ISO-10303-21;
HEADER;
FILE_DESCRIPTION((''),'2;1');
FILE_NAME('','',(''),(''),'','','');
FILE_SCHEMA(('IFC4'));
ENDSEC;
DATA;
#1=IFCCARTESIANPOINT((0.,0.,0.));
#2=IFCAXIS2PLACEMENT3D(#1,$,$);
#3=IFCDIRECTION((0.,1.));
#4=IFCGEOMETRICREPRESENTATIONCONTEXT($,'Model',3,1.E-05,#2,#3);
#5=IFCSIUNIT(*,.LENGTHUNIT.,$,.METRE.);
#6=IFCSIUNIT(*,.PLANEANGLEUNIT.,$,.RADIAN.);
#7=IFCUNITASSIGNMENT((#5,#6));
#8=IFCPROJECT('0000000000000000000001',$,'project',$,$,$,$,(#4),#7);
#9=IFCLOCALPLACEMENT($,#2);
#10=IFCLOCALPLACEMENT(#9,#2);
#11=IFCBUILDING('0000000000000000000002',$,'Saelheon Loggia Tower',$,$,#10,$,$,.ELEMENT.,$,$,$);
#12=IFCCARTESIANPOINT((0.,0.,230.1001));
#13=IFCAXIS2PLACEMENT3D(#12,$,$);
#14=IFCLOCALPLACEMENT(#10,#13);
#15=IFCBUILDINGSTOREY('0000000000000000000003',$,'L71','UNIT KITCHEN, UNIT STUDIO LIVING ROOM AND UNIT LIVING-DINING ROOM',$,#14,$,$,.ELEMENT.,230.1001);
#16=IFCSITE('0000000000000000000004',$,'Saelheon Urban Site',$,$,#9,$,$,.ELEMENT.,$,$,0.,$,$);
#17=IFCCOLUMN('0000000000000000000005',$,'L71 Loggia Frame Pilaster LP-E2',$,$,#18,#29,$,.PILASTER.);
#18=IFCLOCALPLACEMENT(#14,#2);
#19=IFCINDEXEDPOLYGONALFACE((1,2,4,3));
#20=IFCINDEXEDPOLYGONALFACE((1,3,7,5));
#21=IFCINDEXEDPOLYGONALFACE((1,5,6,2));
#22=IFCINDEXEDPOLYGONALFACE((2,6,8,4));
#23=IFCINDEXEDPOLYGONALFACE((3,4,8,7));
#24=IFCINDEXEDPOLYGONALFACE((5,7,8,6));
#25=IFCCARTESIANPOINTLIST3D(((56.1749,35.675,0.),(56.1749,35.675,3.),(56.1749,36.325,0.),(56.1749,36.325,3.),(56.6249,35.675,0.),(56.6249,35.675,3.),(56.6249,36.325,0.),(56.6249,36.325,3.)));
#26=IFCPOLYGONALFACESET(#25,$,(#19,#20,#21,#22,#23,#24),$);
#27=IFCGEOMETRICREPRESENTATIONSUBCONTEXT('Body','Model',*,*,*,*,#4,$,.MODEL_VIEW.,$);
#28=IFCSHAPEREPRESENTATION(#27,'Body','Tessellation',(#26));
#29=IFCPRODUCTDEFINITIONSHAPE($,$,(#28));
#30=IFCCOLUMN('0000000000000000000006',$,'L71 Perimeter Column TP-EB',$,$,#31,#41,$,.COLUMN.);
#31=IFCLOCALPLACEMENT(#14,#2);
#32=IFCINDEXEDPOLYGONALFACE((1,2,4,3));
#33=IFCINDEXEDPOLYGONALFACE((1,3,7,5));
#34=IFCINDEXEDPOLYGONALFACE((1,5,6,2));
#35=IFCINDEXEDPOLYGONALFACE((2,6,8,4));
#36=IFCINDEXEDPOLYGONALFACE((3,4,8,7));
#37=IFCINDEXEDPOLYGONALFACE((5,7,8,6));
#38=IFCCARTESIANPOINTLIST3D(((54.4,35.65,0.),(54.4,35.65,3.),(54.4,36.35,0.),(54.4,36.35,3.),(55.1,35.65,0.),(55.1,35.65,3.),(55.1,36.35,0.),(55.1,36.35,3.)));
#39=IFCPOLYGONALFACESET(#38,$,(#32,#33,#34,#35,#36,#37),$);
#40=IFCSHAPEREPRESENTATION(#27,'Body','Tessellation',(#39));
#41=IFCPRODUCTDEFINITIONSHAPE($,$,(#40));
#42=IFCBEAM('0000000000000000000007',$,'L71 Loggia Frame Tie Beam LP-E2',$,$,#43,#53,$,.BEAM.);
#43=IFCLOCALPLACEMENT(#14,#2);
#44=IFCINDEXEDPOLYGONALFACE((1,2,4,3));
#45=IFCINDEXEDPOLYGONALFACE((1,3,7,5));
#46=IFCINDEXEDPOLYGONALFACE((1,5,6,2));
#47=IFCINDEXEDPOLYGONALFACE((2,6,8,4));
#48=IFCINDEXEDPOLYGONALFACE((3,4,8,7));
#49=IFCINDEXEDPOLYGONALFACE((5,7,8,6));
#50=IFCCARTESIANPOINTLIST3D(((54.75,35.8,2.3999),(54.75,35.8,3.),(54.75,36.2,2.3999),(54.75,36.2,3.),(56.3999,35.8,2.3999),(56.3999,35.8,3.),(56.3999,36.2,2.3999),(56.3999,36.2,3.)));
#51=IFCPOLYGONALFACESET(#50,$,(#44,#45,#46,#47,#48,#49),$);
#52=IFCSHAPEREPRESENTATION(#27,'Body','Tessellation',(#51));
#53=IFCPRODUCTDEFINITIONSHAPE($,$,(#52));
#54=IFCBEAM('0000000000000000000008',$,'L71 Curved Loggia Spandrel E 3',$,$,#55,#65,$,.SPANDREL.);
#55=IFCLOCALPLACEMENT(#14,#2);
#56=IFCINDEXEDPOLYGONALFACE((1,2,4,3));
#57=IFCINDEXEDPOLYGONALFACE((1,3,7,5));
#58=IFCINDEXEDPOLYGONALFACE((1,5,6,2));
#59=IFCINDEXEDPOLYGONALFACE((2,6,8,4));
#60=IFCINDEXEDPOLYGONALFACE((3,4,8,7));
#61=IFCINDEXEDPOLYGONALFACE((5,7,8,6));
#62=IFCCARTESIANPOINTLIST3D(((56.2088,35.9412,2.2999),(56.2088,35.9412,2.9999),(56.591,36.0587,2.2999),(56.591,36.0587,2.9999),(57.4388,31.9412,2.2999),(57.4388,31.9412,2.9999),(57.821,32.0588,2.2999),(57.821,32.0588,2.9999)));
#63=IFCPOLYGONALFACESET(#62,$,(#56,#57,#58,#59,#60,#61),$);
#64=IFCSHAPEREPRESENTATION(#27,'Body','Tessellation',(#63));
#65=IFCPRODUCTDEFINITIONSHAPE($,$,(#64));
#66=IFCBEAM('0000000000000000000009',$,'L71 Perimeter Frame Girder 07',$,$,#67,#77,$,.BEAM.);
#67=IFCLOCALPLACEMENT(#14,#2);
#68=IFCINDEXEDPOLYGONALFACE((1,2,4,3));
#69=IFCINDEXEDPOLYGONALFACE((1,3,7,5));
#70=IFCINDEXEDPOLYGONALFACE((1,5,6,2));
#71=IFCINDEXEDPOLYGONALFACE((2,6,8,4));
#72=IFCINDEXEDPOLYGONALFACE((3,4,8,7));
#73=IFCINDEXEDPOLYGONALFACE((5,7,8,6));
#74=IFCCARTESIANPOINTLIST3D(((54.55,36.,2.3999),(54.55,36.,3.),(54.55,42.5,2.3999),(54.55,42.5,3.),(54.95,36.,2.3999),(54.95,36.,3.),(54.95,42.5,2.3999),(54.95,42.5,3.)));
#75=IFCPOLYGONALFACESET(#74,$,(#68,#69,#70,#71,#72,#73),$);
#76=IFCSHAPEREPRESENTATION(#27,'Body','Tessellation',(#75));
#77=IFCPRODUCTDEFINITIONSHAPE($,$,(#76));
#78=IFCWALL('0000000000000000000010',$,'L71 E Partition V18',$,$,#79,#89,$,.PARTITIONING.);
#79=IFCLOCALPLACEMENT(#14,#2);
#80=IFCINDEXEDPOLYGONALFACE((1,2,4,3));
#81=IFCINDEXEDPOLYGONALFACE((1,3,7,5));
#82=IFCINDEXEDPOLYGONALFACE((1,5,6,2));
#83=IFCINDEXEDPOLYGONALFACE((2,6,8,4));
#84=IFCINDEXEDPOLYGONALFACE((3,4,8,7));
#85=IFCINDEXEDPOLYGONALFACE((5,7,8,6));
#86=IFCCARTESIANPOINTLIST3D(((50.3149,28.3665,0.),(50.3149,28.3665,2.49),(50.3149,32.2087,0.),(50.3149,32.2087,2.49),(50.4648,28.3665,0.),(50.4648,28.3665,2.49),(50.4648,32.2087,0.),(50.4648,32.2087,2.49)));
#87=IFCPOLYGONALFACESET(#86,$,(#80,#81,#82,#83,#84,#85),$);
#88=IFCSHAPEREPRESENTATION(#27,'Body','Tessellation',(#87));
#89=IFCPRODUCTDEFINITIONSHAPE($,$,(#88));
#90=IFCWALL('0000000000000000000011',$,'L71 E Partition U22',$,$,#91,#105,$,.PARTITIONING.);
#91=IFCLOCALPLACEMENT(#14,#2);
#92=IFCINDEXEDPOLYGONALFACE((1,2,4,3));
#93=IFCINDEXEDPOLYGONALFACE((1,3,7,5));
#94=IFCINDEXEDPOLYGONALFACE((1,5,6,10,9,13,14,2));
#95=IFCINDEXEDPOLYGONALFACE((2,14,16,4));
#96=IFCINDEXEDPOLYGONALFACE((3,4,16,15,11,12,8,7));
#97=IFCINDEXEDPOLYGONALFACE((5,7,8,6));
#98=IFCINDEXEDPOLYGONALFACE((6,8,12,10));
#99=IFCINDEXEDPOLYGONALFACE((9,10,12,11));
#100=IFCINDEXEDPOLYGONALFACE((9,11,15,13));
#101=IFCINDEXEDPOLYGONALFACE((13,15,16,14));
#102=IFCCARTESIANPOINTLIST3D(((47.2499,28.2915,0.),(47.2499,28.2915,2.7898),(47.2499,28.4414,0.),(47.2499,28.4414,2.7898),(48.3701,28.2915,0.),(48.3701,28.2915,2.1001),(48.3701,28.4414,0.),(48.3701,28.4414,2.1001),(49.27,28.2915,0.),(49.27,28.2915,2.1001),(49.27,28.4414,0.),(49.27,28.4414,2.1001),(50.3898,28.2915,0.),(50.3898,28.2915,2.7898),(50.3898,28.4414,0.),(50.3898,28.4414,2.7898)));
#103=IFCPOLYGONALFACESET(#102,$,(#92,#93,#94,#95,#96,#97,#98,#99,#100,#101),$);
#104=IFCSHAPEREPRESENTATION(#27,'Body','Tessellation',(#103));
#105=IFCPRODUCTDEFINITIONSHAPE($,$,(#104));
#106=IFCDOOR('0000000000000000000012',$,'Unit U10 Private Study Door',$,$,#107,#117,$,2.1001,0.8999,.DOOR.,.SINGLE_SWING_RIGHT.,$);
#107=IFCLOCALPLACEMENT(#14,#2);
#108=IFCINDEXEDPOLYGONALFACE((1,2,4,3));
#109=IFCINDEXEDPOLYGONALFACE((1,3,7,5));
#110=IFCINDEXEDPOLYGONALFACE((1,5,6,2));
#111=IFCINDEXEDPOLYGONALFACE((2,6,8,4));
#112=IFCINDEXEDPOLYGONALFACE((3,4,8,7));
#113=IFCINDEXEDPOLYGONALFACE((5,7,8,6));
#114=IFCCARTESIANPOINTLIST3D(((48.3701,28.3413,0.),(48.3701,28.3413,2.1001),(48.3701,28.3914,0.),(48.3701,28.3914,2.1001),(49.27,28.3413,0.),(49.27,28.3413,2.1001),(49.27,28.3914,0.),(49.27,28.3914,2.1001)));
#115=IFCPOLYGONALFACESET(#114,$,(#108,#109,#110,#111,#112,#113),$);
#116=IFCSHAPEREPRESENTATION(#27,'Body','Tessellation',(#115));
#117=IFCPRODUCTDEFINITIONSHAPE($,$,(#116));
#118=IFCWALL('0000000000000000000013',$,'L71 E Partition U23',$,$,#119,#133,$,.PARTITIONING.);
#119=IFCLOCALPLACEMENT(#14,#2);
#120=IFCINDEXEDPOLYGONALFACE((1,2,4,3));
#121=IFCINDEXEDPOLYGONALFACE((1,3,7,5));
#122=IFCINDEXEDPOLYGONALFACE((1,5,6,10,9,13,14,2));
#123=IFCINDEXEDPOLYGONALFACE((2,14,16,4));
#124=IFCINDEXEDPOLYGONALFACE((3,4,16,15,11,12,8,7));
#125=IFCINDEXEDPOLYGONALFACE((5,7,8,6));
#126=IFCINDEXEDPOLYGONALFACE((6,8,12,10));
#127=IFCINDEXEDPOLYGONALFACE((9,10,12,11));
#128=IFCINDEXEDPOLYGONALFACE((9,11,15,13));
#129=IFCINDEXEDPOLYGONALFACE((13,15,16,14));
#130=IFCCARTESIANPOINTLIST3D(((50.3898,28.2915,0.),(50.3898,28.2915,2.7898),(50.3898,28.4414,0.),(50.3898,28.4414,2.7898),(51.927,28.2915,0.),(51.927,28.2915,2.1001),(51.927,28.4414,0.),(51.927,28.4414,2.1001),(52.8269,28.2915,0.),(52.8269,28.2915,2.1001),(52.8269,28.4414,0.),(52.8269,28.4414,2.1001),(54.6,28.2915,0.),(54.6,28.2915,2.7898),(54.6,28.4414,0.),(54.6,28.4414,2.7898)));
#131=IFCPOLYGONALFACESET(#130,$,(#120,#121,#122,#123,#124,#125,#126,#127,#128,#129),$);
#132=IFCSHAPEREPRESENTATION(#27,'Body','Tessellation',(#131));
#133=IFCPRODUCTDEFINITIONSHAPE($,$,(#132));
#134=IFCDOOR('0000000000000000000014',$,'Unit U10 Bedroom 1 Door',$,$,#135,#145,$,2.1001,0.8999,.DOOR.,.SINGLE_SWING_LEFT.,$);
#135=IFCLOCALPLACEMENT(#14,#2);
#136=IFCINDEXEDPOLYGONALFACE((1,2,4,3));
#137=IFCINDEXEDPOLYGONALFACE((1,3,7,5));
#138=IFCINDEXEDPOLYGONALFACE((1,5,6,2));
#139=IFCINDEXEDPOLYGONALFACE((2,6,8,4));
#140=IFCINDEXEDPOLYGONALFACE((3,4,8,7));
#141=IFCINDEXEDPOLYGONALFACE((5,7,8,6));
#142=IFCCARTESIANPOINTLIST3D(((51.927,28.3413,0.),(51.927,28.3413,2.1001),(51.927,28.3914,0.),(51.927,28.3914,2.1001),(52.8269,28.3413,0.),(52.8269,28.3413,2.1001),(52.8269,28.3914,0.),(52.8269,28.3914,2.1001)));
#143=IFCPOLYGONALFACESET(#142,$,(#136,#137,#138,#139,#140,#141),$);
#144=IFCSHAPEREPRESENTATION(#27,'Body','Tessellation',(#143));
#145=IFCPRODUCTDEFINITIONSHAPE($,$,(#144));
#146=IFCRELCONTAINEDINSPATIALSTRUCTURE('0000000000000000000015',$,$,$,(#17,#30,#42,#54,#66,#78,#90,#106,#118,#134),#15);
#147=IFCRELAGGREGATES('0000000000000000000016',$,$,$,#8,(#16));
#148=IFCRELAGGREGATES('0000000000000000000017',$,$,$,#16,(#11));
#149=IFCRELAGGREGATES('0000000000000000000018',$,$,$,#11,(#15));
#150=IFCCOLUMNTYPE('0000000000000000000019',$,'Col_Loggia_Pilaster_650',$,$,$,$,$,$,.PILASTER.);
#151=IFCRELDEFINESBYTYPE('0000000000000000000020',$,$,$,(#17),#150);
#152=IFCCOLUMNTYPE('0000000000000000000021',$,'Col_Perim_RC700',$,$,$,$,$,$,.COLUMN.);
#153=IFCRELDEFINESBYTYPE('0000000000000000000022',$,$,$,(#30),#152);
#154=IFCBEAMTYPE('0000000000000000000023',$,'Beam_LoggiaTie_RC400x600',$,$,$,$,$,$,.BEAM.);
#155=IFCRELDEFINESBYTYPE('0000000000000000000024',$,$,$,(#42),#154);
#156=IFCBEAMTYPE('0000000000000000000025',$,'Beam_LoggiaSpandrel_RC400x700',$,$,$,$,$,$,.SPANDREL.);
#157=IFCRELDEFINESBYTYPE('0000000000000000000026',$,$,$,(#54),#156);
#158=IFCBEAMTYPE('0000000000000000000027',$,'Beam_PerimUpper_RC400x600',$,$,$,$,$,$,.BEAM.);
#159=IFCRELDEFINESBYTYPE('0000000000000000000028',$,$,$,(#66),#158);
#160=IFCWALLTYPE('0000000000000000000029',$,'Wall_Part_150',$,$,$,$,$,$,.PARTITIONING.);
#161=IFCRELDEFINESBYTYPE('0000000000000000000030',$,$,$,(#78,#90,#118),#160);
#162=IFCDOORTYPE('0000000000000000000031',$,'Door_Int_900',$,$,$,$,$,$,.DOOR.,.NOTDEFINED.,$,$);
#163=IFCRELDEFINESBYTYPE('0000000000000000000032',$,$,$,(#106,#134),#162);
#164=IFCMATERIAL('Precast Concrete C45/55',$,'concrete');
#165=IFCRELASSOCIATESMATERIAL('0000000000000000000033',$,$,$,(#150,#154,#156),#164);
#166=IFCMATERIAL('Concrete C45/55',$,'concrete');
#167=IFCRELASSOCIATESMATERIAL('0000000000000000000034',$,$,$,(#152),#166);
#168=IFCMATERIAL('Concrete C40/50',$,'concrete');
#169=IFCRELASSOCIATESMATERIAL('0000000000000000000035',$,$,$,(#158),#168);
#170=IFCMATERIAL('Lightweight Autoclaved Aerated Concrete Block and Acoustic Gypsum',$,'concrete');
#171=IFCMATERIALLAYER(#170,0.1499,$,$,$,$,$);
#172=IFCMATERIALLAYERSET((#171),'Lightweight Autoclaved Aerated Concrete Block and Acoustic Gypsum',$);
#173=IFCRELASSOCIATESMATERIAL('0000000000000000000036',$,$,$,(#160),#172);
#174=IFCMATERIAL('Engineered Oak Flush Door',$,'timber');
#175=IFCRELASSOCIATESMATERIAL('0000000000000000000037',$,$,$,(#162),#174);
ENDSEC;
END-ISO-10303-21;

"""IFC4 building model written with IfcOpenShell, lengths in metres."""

from ifc_helpers import new_model, si_unit, direction, frame, frame_2d, origin, origin_2d, place, context, subcontext, project, spatial, rectangle, extrude, source, transform, mapped, material, layer, layer_set, material_profile, profile_set, type_object, element, fill, save


model = new_model("IFC4")

# Units and contexts
model_context = context("Model", 3, precision=1e-05, world=origin(), true_north=direction((0.0, 1.0)))
body_context = subcontext(model_context, "Body", "Model", "MODEL_VIEW")
ifc_project = project(units=[si_unit("LENGTHUNIT", "METRE"), si_unit("PLANEANGLEUNIT", "RADIAN")], contexts=[model_context])

# Site, building, storey
site_placement = place(None, origin())
site = spatial("IfcSite", under=ifc_project, at=site_placement, Name="Saelheon Urban Site", CompositionType="ELEMENT", RefElevation=0.0)
building_placement = place(site_placement, origin())
building = spatial("IfcBuilding", under=site, at=building_placement, Name="Saelheon Loggia Tower", CompositionType="ELEMENT")
storey_placement = place(building_placement, frame((0.0, 0.0, 230.1001)))
storey = spatial("IfcBuildingStorey", under=building, at=storey_placement, Name="L71", Description="UNIT KITCHEN, UNIT STUDIO LIVING ROOM AND UNIT LIVING-DINING ROOM", CompositionType="ELEMENT", Elevation=230.1001)

# Columns
ifc_material_1 = material(Name="Precast Concrete C45/55", Category="concrete")
ifc_material_profile_1 = material_profile(ifc_material_1, rectangle(XDim=0.45, YDim=0.6499, at=origin_2d()), Name="RC-450x650")
ifc_profile_set_1 = profile_set([ifc_material_profile_1], Name="Precast Concrete C45/55")
column_type_1 = type_object("IfcColumnType", Name="Col_Loggia_Pilaster_650", PredefinedType="PILASTER", material=ifc_profile_set_1)
shared_shape_1 = source(origin(), body_context, "Body", "SweptSolid", [
    extrude(rectangle(XDim=0.45, YDim=0.6499, at=origin_2d()), origin(), (0.0, 0.0, 1.0), 3.0),
])
column_1_placement = place(storey_placement, frame((56.3999, 36.0, 0.0), z_axis=(0.0, 0.0, 1.0), x_axis=(1.0, 0.0, 0.0)))
element("IfcColumn", 1, at=column_1_placement, inside=storey, type_object=column_type_1, Name="L71 Loggia Frame Pilaster LP-E2", PredefinedType="PILASTER", context=body_context, shape_type="MappedRepresentation", body=[
    mapped(shared_shape_1, transform((0.0, 0.0, 0.0), scale=1.0)),
])
ifc_material_2 = material(Name="Concrete C45/55", Category="concrete")
ifc_material_profile_2 = material_profile(ifc_material_2, rectangle(XDim=0.7, YDim=0.7, at=origin_2d()), Name="RC-700x700")
ifc_profile_set_2 = profile_set([ifc_material_profile_2], Name="Concrete C45/55")
column_type_2 = type_object("IfcColumnType", Name="Col_Perim_RC700", PredefinedType="COLUMN", material=ifc_profile_set_2)
shared_shape_2 = source(origin(), body_context, "Body", "SweptSolid", [
    extrude(rectangle(XDim=0.7, YDim=0.7, at=origin_2d()), origin(), (0.0, 0.0, 1.0), 3.0),
])
column_2_placement = place(storey_placement, frame((54.75, 36.0, 0.0), z_axis=(0.0, 0.0, 1.0), x_axis=(1.0, 0.0, 0.0)))
element("IfcColumn", 2, at=column_2_placement, inside=storey, type_object=column_type_2, Name="L71 Perimeter Column TP-EB", PredefinedType="COLUMN", context=body_context, shape_type="MappedRepresentation", body=[
    mapped(shared_shape_2, transform((0.0, 0.0, 0.0), scale=1.0)),
])

# Beams
ifc_material_profile_3 = material_profile(ifc_material_1, rectangle(XDim=0.3999, YDim=0.6001, at=origin_2d()), Name="RC-400x600")
ifc_profile_set_3 = profile_set([ifc_material_profile_3], Name="Precast Concrete C45/55")
beam_type_1 = type_object("IfcBeamType", Name="Beam_LoggiaTie_RC400x600", PredefinedType="BEAM", material=ifc_profile_set_3)
shared_shape_3 = source(origin(), body_context, "Body", "SweptSolid", [
    extrude(rectangle(XDim=0.3999, YDim=0.6001, at=origin_2d()), origin(), (0.0, 0.0, 1.0), 1.6499),
])
beam_1_placement = place(storey_placement, frame((54.75, 36.0, 2.7), z_axis=(1.0, 0.0, 0.0), x_axis=(0.0, 1.0, 0.0)))
element("IfcBeam", 3, at=beam_1_placement, inside=storey, type_object=beam_type_1, Name="L71 Loggia Frame Tie Beam LP-E2", PredefinedType="BEAM", context=body_context, shape_type="MappedRepresentation", body=[
    mapped(shared_shape_3, transform((0.0, 0.0, 0.0), scale=1.0)),
])
ifc_material_profile_4 = material_profile(ifc_material_1, rectangle(XDim=0.3999, YDim=0.7, at=origin_2d()), Name="RC-400x700")
ifc_profile_set_4 = profile_set([ifc_material_profile_4], Name="Precast Concrete C45/55")
beam_type_2 = type_object("IfcBeamType", Name="Beam_LoggiaSpandrel_RC400x700", PredefinedType="SPANDREL", material=ifc_profile_set_4)
shared_shape_4 = source(origin(), body_context, "Body", "SweptSolid", [
    extrude(rectangle(XDim=0.3999, YDim=0.7, at=origin_2d()), origin(), (0.0, 0.0, 1.0), 4.1848),
])
beam_2_placement = place(storey_placement, frame((57.6299, 32.0, 2.6499), z_axis=(-0.293914, 0.955832, 0.0), x_axis=(-0.955832, -0.293914, 0.0)))
element("IfcBeam", 4, at=beam_2_placement, inside=storey, type_object=beam_type_2, Name="L71 Curved Loggia Spandrel E 3", PredefinedType="SPANDREL", context=body_context, shape_type="MappedRepresentation", body=[
    mapped(shared_shape_4, transform((0.0, 0.0, 0.0), scale=1.0)),
])
ifc_material_3 = material(Name="Concrete C40/50", Category="concrete")
ifc_material_profile_5 = material_profile(ifc_material_3, rectangle(XDim=0.3999, YDim=0.6001, at=origin_2d()), Name="RC-400x600")
ifc_profile_set_5 = profile_set([ifc_material_profile_5], Name="Concrete C40/50")
beam_type_3 = type_object("IfcBeamType", Name="Beam_PerimUpper_RC400x600", PredefinedType="BEAM", material=ifc_profile_set_5)
shared_shape_5 = source(origin(), body_context, "Body", "SweptSolid", [
    extrude(rectangle(XDim=0.3999, YDim=0.6001, at=origin_2d()), origin(), (0.0, 0.0, 1.0), 6.5),
])
beam_3_placement = place(storey_placement, frame((54.75, 36.0, 2.7), z_axis=(0.0, 1.0, 0.0), x_axis=(-1.0, 0.0, 0.0)))
element("IfcBeam", 5, at=beam_3_placement, inside=storey, type_object=beam_type_3, Name="L71 Perimeter Frame Girder 07", PredefinedType="BEAM", context=body_context, shape_type="MappedRepresentation", body=[
    mapped(shared_shape_5, transform((0.0, 0.0, 0.0), scale=1.0)),
])

# Wall
ifc_material_4 = material(Name="Lightweight Autoclaved Aerated Concrete Block and Acoustic Gypsum", Category="concrete")
ifc_layer_1 = layer(ifc_material_4, 0.1499)
ifc_layer_set_1 = layer_set([ifc_layer_1], Name="Lightweight Autoclaved Aerated Concrete Block and Acoustic Gypsum")
wall_type_1 = type_object("IfcWallType", Name="Wall_Part_150", PredefinedType="PARTITIONING", material=ifc_layer_set_1)
wall_1_placement = place(storey_placement, frame((50.3899, 28.3665, 0.0), z_axis=(0.0, 0.0, 1.0), x_axis=(0.0, 1.0, 0.0)))
element("IfcWall", 6, at=wall_1_placement, inside=storey, type_object=wall_type_1, Name="L71 E Partition V18", PredefinedType="PARTITIONING", context=body_context, shape_type="SweptSolid", body=[
    extrude(rectangle(XDim=3.8423, YDim=0.1499, at=frame_2d((1.9211, 0.0))), origin(), (0.0, 0.0, 1.0), 2.49),
])

# Walls, openings, doors
wall_2_placement = place(storey_placement, frame((47.25, 28.3665, 0.0), z_axis=(0.0, 0.0, 1.0), x_axis=(1.0, 0.0, 0.0)))
wall_2 = element("IfcWall", 7, at=wall_2_placement, inside=storey, type_object=wall_type_1, Name="L71 E Partition U22", PredefinedType="PARTITIONING", context=body_context, shape_type="SweptSolid", body=[
    extrude(rectangle(XDim=3.1399, YDim=0.1499, at=frame_2d((1.5698, 0.0))), origin(), (0.0, 0.0, 1.0), 2.7898),
])
opening_1_placement = place(wall_2_placement, frame((1.1201, 0.0, 0.0)))
opening_1 = element("IfcOpeningElement", 8, at=opening_1_placement, cuts=wall_2, PredefinedType="OPENING", context=body_context, shape_type="SweptSolid", body=[
    extrude(rectangle(XDim=0.8999, YDim=2.1001, at=frame_2d((0.45, 1.05))), frame((0.0, 0.0869, 0.0), z_axis=(0.0, -1.0, 0.0), x_axis=(1.0, 0.0, 0.0)), (0.0, 0.0, 1.0), 0.1738),
])
ifc_material_5 = material(Name="Engineered Oak Flush Door", Category="timber")
door_type_1 = type_object("IfcDoorType", Name="Door_Int_900", OperationType="NOTDEFINED", PredefinedType="DOOR", material=ifc_material_5)
shared_shape_6 = source(origin(), body_context, "Body", "SweptSolid", [
    extrude(rectangle(XDim=0.8999, YDim=2.1001, at=frame_2d((0.45, 1.05))), frame((0.0, 0.0249, 0.0), z_axis=(0.0, -1.0, 0.0), x_axis=(1.0, 0.0, 0.0)), (0.0, 0.0, 1.0), 0.05),
])
door_1_placement = place(opening_1_placement, origin())
door_1 = element("IfcDoor", 9, at=door_1_placement, inside=storey, type_object=door_type_1, Name="Unit U10 Private Study Door", OperationType="SINGLE_SWING_RIGHT", OverallHeight=2.1001, OverallWidth=0.8999, PredefinedType="DOOR", context=body_context, shape_type="MappedRepresentation", body=[
    mapped(shared_shape_6, transform((0.0, 0.0, 0.0), scale=1.0)),
])
fill(opening_1, door_1)
wall_3_placement = place(storey_placement, frame((50.3899, 28.3665, 0.0), z_axis=(0.0, 0.0, 1.0), x_axis=(1.0, 0.0, 0.0)))
wall_3 = element("IfcWall", 10, at=wall_3_placement, inside=storey, type_object=wall_type_1, Name="L71 E Partition U23", PredefinedType="PARTITIONING", context=body_context, shape_type="SweptSolid", body=[
    extrude(rectangle(XDim=4.2102, YDim=0.1499, at=frame_2d((2.105, 0.0))), origin(), (0.0, 0.0, 1.0), 2.7898),
])
opening_2_placement = place(wall_3_placement, frame((1.5371, 0.0, 0.0)))
opening_2 = element("IfcOpeningElement", 11, at=opening_2_placement, cuts=wall_3, PredefinedType="OPENING", context=body_context, shape_type="SweptSolid", body=[
    extrude(rectangle(XDim=0.8999, YDim=2.1001, at=frame_2d((0.45, 1.05))), frame((0.0, 0.0869, 0.0), z_axis=(0.0, -1.0, 0.0), x_axis=(1.0, 0.0, 0.0)), (0.0, 0.0, 1.0), 0.1738),
])
door_2_placement = place(opening_2_placement, origin())
door_2 = element("IfcDoor", 12, at=door_2_placement, inside=storey, type_object=door_type_1, Name="Unit U10 Bedroom 1 Door", OperationType="SINGLE_SWING_LEFT", OverallHeight=2.1001, OverallWidth=0.8999, PredefinedType="DOOR", context=body_context, shape_type="MappedRepresentation", body=[
    mapped(shared_shape_6, transform((0.0, 0.0, 0.0), scale=1.0)),
])
fill(opening_2, door_2)

save(model, "model.ifc")
